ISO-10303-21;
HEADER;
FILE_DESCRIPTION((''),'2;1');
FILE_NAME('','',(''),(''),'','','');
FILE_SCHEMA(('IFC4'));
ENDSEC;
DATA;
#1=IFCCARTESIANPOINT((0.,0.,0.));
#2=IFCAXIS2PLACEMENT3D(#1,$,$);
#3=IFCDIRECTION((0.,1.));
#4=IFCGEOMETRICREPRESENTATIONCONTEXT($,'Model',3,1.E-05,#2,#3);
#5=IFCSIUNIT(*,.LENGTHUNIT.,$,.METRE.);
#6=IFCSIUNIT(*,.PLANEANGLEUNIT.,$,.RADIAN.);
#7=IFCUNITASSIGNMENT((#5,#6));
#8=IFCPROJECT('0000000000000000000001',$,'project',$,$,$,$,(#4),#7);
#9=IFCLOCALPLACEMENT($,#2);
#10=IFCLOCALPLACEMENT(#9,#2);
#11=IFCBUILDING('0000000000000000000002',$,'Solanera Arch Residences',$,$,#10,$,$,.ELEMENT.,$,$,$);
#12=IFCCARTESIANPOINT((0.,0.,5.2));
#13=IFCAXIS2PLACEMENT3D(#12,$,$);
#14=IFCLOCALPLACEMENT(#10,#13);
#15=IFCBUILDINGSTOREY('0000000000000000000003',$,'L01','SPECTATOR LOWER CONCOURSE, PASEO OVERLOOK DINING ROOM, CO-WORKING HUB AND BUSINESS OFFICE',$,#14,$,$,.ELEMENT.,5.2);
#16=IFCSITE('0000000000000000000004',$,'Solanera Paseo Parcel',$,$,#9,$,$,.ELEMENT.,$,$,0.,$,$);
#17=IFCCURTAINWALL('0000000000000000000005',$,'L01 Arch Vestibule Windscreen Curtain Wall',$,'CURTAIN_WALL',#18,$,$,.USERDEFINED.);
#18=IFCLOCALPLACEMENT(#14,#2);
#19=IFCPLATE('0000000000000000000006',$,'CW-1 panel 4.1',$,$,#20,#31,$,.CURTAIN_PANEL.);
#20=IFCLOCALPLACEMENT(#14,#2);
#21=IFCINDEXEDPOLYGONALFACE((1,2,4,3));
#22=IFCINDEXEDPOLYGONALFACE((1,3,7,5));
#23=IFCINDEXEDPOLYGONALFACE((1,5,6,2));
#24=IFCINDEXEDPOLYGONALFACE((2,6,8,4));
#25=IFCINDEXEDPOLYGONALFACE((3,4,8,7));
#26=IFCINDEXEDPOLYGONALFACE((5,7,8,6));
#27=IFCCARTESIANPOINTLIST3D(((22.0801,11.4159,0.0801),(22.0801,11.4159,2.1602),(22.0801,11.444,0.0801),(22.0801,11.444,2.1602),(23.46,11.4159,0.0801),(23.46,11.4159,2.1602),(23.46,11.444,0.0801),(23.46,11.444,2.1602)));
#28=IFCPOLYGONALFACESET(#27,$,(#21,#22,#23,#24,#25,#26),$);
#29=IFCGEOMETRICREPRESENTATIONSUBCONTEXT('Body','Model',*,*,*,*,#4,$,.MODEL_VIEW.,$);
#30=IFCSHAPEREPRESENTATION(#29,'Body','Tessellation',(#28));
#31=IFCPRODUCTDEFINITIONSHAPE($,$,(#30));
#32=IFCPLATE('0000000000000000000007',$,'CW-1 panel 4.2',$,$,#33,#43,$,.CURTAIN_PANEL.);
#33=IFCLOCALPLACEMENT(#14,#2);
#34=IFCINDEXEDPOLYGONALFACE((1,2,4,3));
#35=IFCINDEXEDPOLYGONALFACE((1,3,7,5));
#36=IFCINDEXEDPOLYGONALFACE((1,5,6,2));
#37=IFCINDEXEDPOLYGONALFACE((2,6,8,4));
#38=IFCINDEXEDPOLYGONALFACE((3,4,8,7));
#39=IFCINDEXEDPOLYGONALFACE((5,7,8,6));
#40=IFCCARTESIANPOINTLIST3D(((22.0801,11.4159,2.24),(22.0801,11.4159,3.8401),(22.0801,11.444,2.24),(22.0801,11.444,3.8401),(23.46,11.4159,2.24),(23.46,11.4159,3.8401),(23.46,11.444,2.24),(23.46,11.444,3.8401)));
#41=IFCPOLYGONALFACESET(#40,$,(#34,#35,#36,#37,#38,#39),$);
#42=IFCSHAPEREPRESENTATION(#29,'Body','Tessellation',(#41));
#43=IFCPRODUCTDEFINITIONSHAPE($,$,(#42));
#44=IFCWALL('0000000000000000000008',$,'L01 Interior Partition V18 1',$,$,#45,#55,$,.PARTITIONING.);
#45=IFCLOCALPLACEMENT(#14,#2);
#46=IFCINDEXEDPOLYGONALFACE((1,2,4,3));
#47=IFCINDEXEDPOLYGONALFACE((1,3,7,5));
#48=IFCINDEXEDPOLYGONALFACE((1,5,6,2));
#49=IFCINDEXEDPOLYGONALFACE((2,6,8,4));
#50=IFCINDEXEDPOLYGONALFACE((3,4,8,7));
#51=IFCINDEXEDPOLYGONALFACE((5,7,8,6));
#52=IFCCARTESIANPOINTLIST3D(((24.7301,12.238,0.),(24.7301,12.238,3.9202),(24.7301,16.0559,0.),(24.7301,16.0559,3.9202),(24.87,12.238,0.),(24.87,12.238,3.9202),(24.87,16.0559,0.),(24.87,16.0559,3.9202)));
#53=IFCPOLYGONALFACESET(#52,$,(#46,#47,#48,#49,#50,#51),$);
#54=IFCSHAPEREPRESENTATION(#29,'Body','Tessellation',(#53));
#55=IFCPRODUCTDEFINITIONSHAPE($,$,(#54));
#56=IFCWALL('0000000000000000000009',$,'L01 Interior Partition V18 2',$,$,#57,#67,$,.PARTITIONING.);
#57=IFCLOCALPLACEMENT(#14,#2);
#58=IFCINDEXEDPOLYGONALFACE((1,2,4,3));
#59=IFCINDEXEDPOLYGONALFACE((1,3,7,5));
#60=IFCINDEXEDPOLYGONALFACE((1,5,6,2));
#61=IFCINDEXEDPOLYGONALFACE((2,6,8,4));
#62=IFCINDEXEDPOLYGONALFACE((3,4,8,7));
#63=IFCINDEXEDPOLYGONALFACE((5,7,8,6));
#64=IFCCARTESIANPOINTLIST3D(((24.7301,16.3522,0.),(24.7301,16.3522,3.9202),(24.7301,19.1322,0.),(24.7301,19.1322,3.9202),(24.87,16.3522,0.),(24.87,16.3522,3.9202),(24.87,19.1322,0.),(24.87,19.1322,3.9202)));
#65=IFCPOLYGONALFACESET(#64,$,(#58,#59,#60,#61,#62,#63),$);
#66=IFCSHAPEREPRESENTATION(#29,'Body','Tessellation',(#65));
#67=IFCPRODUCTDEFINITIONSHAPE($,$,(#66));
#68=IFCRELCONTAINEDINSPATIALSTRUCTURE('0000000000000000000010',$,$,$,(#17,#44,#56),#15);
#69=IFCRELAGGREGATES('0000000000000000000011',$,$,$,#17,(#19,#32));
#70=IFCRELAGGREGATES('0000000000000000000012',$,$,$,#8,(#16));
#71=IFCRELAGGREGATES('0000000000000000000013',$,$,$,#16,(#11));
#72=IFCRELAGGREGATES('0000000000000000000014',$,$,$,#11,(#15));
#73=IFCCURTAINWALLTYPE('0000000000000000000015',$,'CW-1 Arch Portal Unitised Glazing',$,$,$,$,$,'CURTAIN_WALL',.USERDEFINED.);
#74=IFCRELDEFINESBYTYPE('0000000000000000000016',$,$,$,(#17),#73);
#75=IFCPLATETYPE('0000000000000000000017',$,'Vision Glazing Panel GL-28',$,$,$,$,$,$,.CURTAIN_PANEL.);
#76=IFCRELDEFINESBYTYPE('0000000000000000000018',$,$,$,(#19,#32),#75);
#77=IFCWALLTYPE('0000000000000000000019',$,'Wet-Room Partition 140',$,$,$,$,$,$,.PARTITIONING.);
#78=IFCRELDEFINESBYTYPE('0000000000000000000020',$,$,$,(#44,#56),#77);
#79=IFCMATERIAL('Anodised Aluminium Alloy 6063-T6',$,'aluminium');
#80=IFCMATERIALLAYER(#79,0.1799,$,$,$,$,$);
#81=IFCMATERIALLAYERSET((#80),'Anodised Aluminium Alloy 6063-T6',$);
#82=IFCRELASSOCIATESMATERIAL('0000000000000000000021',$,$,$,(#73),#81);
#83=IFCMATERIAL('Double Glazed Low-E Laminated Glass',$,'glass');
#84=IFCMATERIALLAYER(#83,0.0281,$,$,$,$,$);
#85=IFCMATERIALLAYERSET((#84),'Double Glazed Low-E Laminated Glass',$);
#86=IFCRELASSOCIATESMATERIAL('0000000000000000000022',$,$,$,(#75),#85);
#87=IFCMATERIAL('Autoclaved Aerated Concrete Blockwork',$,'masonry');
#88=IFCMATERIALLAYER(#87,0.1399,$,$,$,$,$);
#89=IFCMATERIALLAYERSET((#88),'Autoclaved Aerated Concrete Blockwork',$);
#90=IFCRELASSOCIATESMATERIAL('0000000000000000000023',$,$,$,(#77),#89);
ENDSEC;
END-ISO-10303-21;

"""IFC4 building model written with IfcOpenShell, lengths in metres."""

from ifc_helpers import new_model, si_unit, direction, frame, frame_2d, origin, origin_2d, place, context, subcontext, project, spatial, rectangle, extrude, material, layer, layer_set, type_object, element, aggregate, save


model = new_model("IFC4")

# Units and contexts
model_context = context("Model", 3, precision=1e-05, world=origin(), true_north=direction((0.0, 1.0)))
body_context = subcontext(model_context, "Body", "Model", "MODEL_VIEW")
ifc_project = project(units=[si_unit("LENGTHUNIT", "METRE"), si_unit("PLANEANGLEUNIT", "RADIAN")], contexts=[model_context])

# Site, building, storey
site_placement = place(None, origin())
site = spatial("IfcSite", under=ifc_project, at=site_placement, Name="Solanera Paseo Parcel", CompositionType="ELEMENT", RefElevation=0.0)
building_placement = place(site_placement, origin())
building = spatial("IfcBuilding", under=site, at=building_placement, Name="Solanera Arch Residences", CompositionType="ELEMENT")
storey_placement = place(building_placement, frame((0.0, 0.0, 5.2)))
storey = spatial("IfcBuildingStorey", under=building, at=storey_placement, Name="L01", Description="SPECTATOR LOWER CONCOURSE, PASEO OVERLOOK DINING ROOM, CO-WORKING HUB AND BUSINESS OFFICE", CompositionType="ELEMENT", Elevation=5.2)

# Curtain wall
ifc_material_1 = material(Name="Anodised Aluminium Alloy 6063-T6", Category="aluminium")
ifc_layer_1 = layer(ifc_material_1, 0.1799)
ifc_layer_set_1 = layer_set([ifc_layer_1], Name="Anodised Aluminium Alloy 6063-T6")
curtain_wall_type = type_object("IfcCurtainWallType", Name="CW-1 Arch Portal Unitised Glazing", ElementType="CURTAIN_WALL", PredefinedType="USERDEFINED", material=ifc_layer_set_1)
curtain_wall_1_placement = place(storey_placement, origin())
curtain_wall_1 = element("IfcCurtainWall", 1, at=curtain_wall_1_placement, inside=storey, type_object=curtain_wall_type, Name="L01 Arch Vestibule Windscreen Curtain Wall", ObjectType="CURTAIN_WALL", PredefinedType="USERDEFINED")

# Plates
ifc_material_2 = material(Name="Double Glazed Low-E Laminated Glass", Category="glass")
ifc_layer_2 = layer(ifc_material_2, 0.0281)
ifc_layer_set_2 = layer_set([ifc_layer_2], Name="Double Glazed Low-E Laminated Glass")
plate_type = type_object("IfcPlateType", Name="Vision Glazing Panel GL-28", PredefinedType="CURTAIN_PANEL", material=ifc_layer_set_2)
plate_1_placement = place(storey_placement, frame((22.77, 11.4299, 0.0801), z_axis=(0.0, 0.0, 1.0), x_axis=(-1.0, 0.0, 0.0)))
plate_1 = element("IfcPlate", 2, at=plate_1_placement, type_object=plate_type, Name="CW-1 panel 4.1", PredefinedType="CURTAIN_PANEL", context=body_context, shape_type="SweptSolid", body=[
    extrude(rectangle(XDim=1.3799, YDim=0.0281, at=origin_2d()), origin(), (0.0, 0.0, 1.0), 2.0801),
])
plate_2_placement = place(storey_placement, frame((22.77, 11.4299, 2.24), z_axis=(0.0, 0.0, 1.0), x_axis=(-1.0, 0.0, 0.0)))
plate_2 = element("IfcPlate", 3, at=plate_2_placement, type_object=plate_type, Name="CW-1 panel 4.2", PredefinedType="CURTAIN_PANEL", context=body_context, shape_type="SweptSolid", body=[
    extrude(rectangle(XDim=1.3799, YDim=0.0281, at=origin_2d()), origin(), (0.0, 0.0, 1.0), 1.6001),
])
aggregate(curtain_wall_1, [plate_1, plate_2])

# Walls
ifc_material_3 = material(Name="Autoclaved Aerated Concrete Blockwork", Category="masonry")
ifc_layer_3 = layer(ifc_material_3, 0.1399)
ifc_layer_set_3 = layer_set([ifc_layer_3], Name="Autoclaved Aerated Concrete Blockwork")
wall_type = type_object("IfcWallType", Name="Wet-Room Partition 140", PredefinedType="PARTITIONING", material=ifc_layer_set_3)
wall_1_placement = place(storey_placement, frame((24.8, 12.238, 0.0), z_axis=(0.0, 0.0, 1.0), x_axis=(0.0, 1.0, 0.0)))
element("IfcWall", 4, at=wall_1_placement, inside=storey, type_object=wall_type, Name="L01 Interior Partition V18 1", PredefinedType="PARTITIONING", context=body_context, shape_type="SweptSolid", body=[
    extrude(rectangle(XDim=3.8179, YDim=0.1399, at=frame_2d((1.9089, 0.0))), origin(), (0.0, 0.0, 1.0), 3.9202),
])
wall_2_placement = place(storey_placement, frame((24.8, 16.3521, 0.0), z_axis=(0.0, 0.0, 1.0), x_axis=(0.0, 1.0, 0.0)))
element("IfcWall", 5, at=wall_2_placement, inside=storey, type_object=wall_type, Name="L01 Interior Partition V18 2", PredefinedType="PARTITIONING", context=body_context, shape_type="SweptSolid", body=[
    extrude(rectangle(XDim=2.78, YDim=0.1399, at=frame_2d((1.3901, 0.0))), origin(), (0.0, 0.0, 1.0), 3.9202),
])

save(model, "model.ifc")
